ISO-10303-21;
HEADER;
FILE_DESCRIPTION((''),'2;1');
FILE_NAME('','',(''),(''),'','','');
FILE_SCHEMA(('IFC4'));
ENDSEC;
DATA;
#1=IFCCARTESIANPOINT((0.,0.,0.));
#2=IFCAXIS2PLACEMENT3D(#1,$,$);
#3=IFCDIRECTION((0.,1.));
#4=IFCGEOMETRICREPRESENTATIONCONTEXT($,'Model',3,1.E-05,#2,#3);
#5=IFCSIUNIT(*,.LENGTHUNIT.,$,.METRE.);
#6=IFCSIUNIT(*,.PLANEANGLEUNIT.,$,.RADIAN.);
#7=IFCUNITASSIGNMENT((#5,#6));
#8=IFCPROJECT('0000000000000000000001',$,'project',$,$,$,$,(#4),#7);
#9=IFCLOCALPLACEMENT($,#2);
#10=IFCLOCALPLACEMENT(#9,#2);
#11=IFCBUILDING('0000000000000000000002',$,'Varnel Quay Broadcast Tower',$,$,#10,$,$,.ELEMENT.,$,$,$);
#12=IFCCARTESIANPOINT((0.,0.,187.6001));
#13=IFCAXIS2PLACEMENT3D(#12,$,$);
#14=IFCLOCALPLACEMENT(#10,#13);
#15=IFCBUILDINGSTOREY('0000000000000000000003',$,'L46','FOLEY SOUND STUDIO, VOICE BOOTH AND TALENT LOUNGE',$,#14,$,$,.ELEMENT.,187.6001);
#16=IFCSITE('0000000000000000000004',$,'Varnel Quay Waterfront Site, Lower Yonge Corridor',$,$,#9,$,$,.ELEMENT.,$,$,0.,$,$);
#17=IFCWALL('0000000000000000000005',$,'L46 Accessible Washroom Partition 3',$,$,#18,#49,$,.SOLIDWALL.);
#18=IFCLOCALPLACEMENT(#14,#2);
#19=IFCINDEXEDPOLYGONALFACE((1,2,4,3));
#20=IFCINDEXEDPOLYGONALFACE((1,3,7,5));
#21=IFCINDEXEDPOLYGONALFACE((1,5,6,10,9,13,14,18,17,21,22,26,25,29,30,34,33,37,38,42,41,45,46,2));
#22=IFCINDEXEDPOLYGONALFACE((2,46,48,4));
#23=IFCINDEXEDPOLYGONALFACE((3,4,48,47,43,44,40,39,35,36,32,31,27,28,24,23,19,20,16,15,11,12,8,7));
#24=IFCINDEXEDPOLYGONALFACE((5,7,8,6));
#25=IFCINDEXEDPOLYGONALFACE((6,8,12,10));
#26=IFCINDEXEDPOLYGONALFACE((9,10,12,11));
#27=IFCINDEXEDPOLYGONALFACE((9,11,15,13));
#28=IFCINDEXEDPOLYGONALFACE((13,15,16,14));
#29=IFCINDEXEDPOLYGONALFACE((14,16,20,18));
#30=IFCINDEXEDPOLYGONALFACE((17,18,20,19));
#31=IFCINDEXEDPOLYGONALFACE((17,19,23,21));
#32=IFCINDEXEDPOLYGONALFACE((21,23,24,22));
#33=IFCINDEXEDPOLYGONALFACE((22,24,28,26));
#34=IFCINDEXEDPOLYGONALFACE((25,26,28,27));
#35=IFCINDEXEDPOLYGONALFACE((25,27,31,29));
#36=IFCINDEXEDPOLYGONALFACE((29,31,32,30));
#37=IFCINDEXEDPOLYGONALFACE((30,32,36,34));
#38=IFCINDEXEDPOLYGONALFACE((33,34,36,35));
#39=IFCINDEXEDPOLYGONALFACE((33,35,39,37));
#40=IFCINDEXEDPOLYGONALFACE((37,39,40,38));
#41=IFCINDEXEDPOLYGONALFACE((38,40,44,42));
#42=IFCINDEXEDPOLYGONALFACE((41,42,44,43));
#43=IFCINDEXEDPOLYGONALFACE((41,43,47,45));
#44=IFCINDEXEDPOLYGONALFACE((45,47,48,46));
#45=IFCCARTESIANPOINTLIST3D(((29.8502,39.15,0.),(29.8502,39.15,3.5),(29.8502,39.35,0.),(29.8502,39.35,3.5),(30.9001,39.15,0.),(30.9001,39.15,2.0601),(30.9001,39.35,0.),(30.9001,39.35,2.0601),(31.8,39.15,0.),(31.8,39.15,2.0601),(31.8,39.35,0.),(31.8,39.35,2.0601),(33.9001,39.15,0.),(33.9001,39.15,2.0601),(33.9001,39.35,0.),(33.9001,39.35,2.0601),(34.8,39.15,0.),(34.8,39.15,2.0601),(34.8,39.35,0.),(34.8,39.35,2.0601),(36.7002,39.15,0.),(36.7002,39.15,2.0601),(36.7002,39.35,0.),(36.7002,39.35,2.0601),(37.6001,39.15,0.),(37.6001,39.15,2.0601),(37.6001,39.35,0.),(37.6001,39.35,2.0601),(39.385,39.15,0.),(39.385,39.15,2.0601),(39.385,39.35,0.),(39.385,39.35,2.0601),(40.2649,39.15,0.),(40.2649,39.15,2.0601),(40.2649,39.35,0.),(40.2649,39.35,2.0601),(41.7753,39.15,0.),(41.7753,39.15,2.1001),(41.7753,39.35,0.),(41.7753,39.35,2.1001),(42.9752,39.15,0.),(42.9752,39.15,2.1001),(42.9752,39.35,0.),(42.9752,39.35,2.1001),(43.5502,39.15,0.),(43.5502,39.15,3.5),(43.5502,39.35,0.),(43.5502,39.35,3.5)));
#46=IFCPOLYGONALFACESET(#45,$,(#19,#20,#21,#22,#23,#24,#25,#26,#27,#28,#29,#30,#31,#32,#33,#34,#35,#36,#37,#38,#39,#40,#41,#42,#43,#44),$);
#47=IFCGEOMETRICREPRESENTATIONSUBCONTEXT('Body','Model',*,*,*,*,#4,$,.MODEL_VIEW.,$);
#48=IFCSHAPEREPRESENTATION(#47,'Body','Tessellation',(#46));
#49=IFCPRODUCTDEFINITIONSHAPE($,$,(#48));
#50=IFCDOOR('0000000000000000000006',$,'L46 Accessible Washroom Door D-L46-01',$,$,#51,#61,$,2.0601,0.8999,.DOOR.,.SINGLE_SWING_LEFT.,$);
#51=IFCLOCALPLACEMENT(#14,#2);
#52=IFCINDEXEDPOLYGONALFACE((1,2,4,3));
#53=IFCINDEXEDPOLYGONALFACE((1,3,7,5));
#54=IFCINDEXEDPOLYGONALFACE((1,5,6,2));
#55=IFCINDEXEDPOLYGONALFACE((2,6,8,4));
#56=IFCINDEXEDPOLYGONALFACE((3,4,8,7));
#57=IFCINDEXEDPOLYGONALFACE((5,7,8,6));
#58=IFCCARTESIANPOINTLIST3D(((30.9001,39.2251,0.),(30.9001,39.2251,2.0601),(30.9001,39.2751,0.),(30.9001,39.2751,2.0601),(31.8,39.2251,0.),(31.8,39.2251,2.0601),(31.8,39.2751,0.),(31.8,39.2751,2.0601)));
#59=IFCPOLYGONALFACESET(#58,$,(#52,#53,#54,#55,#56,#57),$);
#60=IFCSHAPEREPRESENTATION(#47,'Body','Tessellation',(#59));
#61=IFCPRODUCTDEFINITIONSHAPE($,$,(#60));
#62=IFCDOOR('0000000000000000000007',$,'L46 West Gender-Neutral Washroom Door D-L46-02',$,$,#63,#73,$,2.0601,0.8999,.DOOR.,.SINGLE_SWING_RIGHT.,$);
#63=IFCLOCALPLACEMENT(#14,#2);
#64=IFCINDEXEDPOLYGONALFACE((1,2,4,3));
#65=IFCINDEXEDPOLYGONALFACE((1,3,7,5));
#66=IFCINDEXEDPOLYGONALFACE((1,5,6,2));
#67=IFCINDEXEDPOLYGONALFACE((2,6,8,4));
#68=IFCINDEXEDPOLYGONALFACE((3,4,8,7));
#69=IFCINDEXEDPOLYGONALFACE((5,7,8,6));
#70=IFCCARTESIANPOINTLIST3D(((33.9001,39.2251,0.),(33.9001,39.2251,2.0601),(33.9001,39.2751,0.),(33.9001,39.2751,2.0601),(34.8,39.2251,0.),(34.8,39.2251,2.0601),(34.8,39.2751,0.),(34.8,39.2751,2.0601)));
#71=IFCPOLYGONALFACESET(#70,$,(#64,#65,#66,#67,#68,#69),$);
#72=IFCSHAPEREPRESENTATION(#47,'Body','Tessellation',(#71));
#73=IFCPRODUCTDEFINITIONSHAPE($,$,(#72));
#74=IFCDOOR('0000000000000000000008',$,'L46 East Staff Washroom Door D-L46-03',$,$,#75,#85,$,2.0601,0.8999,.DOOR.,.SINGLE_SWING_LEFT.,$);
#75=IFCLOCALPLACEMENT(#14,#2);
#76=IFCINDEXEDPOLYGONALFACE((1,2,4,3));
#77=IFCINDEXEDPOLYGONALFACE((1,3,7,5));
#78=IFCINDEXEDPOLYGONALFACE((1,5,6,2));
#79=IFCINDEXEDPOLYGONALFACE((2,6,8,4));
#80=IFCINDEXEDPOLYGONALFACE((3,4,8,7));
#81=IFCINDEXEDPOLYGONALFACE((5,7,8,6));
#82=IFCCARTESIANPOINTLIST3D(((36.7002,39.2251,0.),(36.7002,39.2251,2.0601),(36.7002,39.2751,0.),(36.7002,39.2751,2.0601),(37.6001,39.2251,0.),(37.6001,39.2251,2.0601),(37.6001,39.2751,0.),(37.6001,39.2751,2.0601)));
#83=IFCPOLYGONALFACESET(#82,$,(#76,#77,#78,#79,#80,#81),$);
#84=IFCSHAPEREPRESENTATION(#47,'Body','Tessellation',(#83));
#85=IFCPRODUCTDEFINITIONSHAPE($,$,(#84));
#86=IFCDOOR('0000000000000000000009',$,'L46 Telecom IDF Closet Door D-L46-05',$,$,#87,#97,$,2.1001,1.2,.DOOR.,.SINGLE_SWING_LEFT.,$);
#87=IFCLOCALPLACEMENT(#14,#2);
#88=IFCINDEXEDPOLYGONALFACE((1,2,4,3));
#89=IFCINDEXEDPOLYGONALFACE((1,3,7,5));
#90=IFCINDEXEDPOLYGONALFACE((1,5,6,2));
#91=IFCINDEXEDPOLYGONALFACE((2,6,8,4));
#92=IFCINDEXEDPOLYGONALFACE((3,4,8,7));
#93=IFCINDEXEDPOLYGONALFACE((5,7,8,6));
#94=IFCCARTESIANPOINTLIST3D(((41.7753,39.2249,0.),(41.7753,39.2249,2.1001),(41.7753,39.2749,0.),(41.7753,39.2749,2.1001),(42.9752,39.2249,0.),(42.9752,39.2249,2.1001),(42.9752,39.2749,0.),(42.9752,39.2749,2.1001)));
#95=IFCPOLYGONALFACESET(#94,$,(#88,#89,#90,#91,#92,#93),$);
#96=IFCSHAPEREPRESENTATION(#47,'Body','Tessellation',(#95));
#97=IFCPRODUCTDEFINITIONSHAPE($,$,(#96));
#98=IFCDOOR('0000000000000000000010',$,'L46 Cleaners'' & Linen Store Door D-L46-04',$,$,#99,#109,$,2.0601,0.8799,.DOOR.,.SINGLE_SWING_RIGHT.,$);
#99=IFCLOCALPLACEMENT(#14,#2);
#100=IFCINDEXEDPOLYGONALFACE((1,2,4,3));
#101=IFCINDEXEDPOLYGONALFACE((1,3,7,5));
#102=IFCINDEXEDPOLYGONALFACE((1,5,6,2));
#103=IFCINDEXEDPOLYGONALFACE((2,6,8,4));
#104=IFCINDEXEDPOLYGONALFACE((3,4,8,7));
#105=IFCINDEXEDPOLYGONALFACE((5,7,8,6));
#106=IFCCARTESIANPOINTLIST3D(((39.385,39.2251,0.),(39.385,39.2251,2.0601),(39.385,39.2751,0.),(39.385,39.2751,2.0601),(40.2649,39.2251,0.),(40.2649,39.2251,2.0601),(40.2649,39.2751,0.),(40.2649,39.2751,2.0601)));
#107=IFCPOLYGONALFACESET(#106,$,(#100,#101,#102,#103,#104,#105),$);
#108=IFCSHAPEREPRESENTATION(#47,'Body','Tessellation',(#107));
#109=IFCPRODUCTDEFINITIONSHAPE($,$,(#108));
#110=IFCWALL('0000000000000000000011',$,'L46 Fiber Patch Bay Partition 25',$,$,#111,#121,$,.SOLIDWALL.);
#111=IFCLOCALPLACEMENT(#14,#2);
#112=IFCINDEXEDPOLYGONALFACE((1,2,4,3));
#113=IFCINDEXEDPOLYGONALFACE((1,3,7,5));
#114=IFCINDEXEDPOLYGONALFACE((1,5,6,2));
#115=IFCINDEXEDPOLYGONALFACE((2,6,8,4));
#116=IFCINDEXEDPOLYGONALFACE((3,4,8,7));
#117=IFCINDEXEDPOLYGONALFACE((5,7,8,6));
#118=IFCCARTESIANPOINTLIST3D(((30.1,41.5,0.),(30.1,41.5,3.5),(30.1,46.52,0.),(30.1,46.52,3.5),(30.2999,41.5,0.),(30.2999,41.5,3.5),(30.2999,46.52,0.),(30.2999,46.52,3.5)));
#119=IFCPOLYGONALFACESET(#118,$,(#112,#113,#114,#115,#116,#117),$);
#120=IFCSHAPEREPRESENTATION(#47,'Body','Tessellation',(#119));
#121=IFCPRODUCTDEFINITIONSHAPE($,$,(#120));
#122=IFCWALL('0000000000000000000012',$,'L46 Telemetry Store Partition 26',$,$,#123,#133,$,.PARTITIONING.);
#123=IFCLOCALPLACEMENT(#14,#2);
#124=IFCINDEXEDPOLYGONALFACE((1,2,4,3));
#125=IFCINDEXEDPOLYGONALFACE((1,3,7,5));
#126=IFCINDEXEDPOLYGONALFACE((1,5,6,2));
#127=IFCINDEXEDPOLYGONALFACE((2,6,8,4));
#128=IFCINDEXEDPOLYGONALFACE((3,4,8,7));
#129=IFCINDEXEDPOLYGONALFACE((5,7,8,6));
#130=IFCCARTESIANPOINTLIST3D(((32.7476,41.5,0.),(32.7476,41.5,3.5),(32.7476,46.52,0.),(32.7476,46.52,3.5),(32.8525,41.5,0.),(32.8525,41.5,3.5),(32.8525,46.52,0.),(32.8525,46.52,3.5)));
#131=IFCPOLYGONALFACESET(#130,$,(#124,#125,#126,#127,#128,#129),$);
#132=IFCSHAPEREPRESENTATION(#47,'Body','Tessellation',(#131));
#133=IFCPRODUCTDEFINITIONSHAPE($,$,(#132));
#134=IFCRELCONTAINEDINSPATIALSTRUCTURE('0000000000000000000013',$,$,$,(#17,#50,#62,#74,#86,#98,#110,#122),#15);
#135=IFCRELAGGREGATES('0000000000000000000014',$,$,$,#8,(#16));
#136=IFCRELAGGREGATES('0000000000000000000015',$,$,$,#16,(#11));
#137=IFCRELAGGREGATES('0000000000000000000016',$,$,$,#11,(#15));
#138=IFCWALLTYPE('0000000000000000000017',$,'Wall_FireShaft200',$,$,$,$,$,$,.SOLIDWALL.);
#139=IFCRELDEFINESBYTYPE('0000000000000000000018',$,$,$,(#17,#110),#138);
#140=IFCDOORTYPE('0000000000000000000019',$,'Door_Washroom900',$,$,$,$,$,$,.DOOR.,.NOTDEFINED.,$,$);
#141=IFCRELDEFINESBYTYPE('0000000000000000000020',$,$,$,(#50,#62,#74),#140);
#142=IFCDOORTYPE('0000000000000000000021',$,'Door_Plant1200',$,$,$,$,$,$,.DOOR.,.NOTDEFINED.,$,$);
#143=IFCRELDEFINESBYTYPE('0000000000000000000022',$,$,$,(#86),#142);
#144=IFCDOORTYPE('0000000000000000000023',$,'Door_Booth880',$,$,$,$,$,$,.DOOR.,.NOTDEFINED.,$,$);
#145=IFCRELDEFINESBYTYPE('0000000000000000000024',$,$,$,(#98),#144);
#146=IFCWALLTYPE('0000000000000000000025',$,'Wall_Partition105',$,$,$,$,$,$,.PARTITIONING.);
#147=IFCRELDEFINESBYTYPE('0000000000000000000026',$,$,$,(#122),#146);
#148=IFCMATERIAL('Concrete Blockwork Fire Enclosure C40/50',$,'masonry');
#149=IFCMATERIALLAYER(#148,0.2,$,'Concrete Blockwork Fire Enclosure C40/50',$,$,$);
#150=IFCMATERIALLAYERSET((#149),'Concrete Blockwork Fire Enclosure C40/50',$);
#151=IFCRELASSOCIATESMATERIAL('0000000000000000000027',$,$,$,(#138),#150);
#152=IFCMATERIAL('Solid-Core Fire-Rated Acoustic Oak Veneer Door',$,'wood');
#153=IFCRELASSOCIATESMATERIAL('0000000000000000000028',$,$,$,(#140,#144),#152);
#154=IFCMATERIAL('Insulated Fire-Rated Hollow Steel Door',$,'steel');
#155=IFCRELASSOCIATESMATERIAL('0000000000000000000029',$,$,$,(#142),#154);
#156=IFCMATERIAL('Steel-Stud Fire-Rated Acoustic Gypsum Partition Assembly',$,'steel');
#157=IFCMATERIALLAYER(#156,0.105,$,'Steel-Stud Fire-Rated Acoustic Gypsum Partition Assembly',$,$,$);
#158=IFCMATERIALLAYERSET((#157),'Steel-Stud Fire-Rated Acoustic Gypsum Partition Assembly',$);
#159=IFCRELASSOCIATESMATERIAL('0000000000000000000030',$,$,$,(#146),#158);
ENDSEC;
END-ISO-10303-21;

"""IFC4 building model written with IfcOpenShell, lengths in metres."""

from ifc_helpers import new_model, si_unit, direction, frame, frame_2d, origin, place, context, subcontext, project, spatial, rectangle, extrude, source, transform, mapped, material, layer, layer_set, type_object, type_shapes, element, fill, save


model = new_model("IFC4")

# Units and contexts
model_context = context("Model", 3, precision=1e-05, world=origin(), true_north=direction((0.0, 1.0)))
body_context = subcontext(model_context, "Body", "Model", "MODEL_VIEW")
ifc_project = project(units=[si_unit("LENGTHUNIT", "METRE"), si_unit("PLANEANGLEUNIT", "RADIAN")], contexts=[model_context])

# Site, building, storey
site_placement = place(None, origin())
site = spatial("IfcSite", under=ifc_project, at=site_placement, Name="Varnel Quay Waterfront Site, Lower Yonge Corridor", CompositionType="ELEMENT", RefElevation=0.0)
building_placement = place(site_placement, origin())
building = spatial("IfcBuilding", under=site, at=building_placement, Name="Varnel Quay Broadcast Tower", CompositionType="ELEMENT")
storey_placement = place(building_placement, frame((0.0, 0.0, 187.6001)))
storey = spatial("IfcBuildingStorey", under=building, at=storey_placement, Name="L46", Description="FOLEY SOUND STUDIO, VOICE BOOTH AND TALENT LOUNGE", CompositionType="ELEMENT", Elevation=187.6001)

# Shared definitions
ifc_material_1 = material(Name="Concrete Blockwork Fire Enclosure C40/50", Category="masonry")
ifc_layer_1 = layer(ifc_material_1, 0.2, Name="Concrete Blockwork Fire Enclosure C40/50")
ifc_layer_set_1 = layer_set([ifc_layer_1], Name="Concrete Blockwork Fire Enclosure C40/50")
wall_type_1 = type_object("IfcWallType", Name="Wall_FireShaft200", PredefinedType="SOLIDWALL", material=ifc_layer_set_1)

# Wall, openings, doors
wall_1_placement = place(storey_placement, frame((29.8501, 39.25, 0.0), z_axis=(0.0, 0.0, 1.0), x_axis=(1.0, 0.0, 0.0)))
wall_1 = element("IfcWall", 1, at=wall_1_placement, inside=storey, type_object=wall_type_1, Name="L46 Accessible Washroom Partition 3", PredefinedType="SOLIDWALL", context=body_context, shape_type="SweptSolid", body=[
    extrude(rectangle(XDim=13.7, YDim=0.2, at=frame_2d((6.8501, 0.0))), origin(), (0.0, 0.0, 1.0), 3.5),
])
opening_1_placement = place(wall_1_placement, frame((1.05, 0.0, 0.0)))
opening_1 = element("IfcOpeningElement", 2, at=opening_1_placement, cuts=wall_1, PredefinedType="OPENING", context=body_context, shape_type="SweptSolid", body=[
    extrude(rectangle(XDim=0.8999, YDim=2.0601, at=frame_2d((0.45, 1.03))), frame((0.0, 0.1099, 0.0), z_axis=(0.0, -1.0, 0.0), x_axis=(1.0, 0.0, 0.0)), (0.0, 0.0, 1.0), 0.22),
])
opening_2_placement = place(wall_1_placement, frame((4.05, 0.0, 0.0)))
opening_2 = element("IfcOpeningElement", 3, at=opening_2_placement, cuts=wall_1, PredefinedType="OPENING", context=body_context, shape_type="SweptSolid", body=[
    extrude(rectangle(XDim=0.8999, YDim=2.0601, at=frame_2d((0.45, 1.03))), frame((0.0, 0.1099, 0.0), z_axis=(0.0, -1.0, 0.0), x_axis=(1.0, 0.0, 0.0)), (0.0, 0.0, 1.0), 0.22),
])
opening_3_placement = place(wall_1_placement, frame((6.8501, 0.0, 0.0)))
opening_3 = element("IfcOpeningElement", 4, at=opening_3_placement, cuts=wall_1, PredefinedType="OPENING", context=body_context, shape_type="SweptSolid", body=[
    extrude(rectangle(XDim=0.8999, YDim=2.0601, at=frame_2d((0.45, 1.03))), frame((0.0, 0.1099, 0.0), z_axis=(0.0, -1.0, 0.0), x_axis=(1.0, 0.0, 0.0)), (0.0, 0.0, 1.0), 0.22),
])
opening_4_placement = place(wall_1_placement, frame((9.5349, 0.0, 0.0)))
opening_4 = element("IfcOpeningElement", 5, at=opening_4_placement, cuts=wall_1, PredefinedType="OPENING", context=body_context, shape_type="SweptSolid", body=[
    extrude(rectangle(XDim=0.8799, YDim=2.0601, at=frame_2d((0.4399, 1.03))), frame((0.0, 0.1099, 0.0), z_axis=(0.0, -1.0, 0.0), x_axis=(1.0, 0.0, 0.0)), (0.0, 0.0, 1.0), 0.22),
])
opening_5_placement = place(wall_1_placement, frame((11.925, 0.0, 0.0)))
opening_5 = element("IfcOpeningElement", 6, at=opening_5_placement, cuts=wall_1, PredefinedType="OPENING", context=body_context, shape_type="SweptSolid", body=[
    extrude(rectangle(XDim=1.2, YDim=2.1001, at=frame_2d((0.6001, 1.05))), frame((0.0, 0.1099, 0.0), z_axis=(0.0, -1.0, 0.0), x_axis=(1.0, 0.0, 0.0)), (0.0, 0.0, 1.0), 0.22),
])
ifc_material_2 = material(Name="Solid-Core Fire-Rated Acoustic Oak Veneer Door", Category="wood")
door_type_1 = type_object("IfcDoorType", Name="Door_Washroom900", OperationType="NOTDEFINED", PredefinedType="DOOR", material=ifc_material_2)
shared_shape_1 = source(origin(), body_context, "Body", "SweptSolid", [
    extrude(rectangle(XDim=0.8999, YDim=2.0601, at=frame_2d((0.45, 1.03))), frame((0.0, 0.0249, 0.0), z_axis=(0.0, -1.0, 0.0), x_axis=(1.0, 0.0, 0.0)), (0.0, 0.0, 1.0), 0.05),
])
type_shapes(door_type_1, [shared_shape_1])
door_1_placement = place(opening_1_placement, frame((0.8999, 0.0, 0.0), z_axis=(0.0, 0.0, 1.0), x_axis=(-1.0, 0.0, 0.0)))
door_1 = element("IfcDoor", 7, at=door_1_placement, inside=storey, type_object=door_type_1, Name="L46 Accessible Washroom Door D-L46-01", OperationType="SINGLE_SWING_LEFT", OverallHeight=2.0601, OverallWidth=0.8999, PredefinedType="DOOR", context=body_context, shape_type="MappedRepresentation", body=[
    mapped(shared_shape_1, transform((0.0, 0.0, 0.0), x_axis=(1.0, 0.0, 0.0), y_axis=(0.0, 1.0, 0.0), z_axis=(0.0, 0.0, 1.0), scale=1.0)),
])
fill(opening_1, door_1)
door_2_placement = place(opening_2_placement, frame((0.8999, 0.0, 0.0), z_axis=(0.0, 0.0, 1.0), x_axis=(-1.0, 0.0, 0.0)))
door_2 = element("IfcDoor", 8, at=door_2_placement, inside=storey, type_object=door_type_1, Name="L46 West Gender-Neutral Washroom Door D-L46-02", OperationType="SINGLE_SWING_RIGHT", OverallHeight=2.0601, OverallWidth=0.8999, PredefinedType="DOOR", context=body_context, shape_type="MappedRepresentation", body=[
    mapped(shared_shape_1, transform((0.0, 0.0, 0.0), x_axis=(1.0, 0.0, 0.0), y_axis=(0.0, 1.0, 0.0), z_axis=(0.0, 0.0, 1.0), scale=1.0)),
])
fill(opening_2, door_2)
door_3_placement = place(opening_3_placement, frame((0.8999, 0.0, 0.0), z_axis=(0.0, 0.0, 1.0), x_axis=(-1.0, 0.0, 0.0)))
door_3 = element("IfcDoor", 9, at=door_3_placement, inside=storey, type_object=door_type_1, Name="L46 East Staff Washroom Door D-L46-03", OperationType="SINGLE_SWING_LEFT", OverallHeight=2.0601, OverallWidth=0.8999, PredefinedType="DOOR", context=body_context, shape_type="MappedRepresentation", body=[
    mapped(shared_shape_1, transform((0.0, 0.0, 0.0), x_axis=(1.0, 0.0, 0.0), y_axis=(0.0, 1.0, 0.0), z_axis=(0.0, 0.0, 1.0), scale=1.0)),
])
fill(opening_3, door_3)
ifc_material_3 = material(Name="Insulated Fire-Rated Hollow Steel Door", Category="steel")
door_type_2 = type_object("IfcDoorType", Name="Door_Plant1200", OperationType="NOTDEFINED", PredefinedType="DOOR", material=ifc_material_3)
shared_shape_2 = source(origin(), body_context, "Body", "SweptSolid", [
    extrude(rectangle(XDim=1.2, YDim=2.1001, at=frame_2d((0.6001, 1.05))), frame((0.0, 0.0249, 0.0), z_axis=(0.0, -1.0, 0.0), x_axis=(1.0, 0.0, 0.0)), (0.0, 0.0, 1.0), 0.05),
])
type_shapes(door_type_2, [shared_shape_2])
door_4_placement = place(opening_5_placement, origin())
door_4 = element("IfcDoor", 10, at=door_4_placement, inside=storey, type_object=door_type_2, Name="L46 Telecom IDF Closet Door D-L46-05", OperationType="SINGLE_SWING_LEFT", OverallHeight=2.1001, OverallWidth=1.2, PredefinedType="DOOR", context=body_context, shape_type="MappedRepresentation", body=[
    mapped(shared_shape_2, transform((0.0, 0.0, 0.0), x_axis=(1.0, 0.0, 0.0), y_axis=(0.0, 1.0, 0.0), z_axis=(0.0, 0.0, 1.0), scale=1.0)),
])
fill(opening_5, door_4)
door_type_3 = type_object("IfcDoorType", Name="Door_Booth880", OperationType="NOTDEFINED", PredefinedType="DOOR", material=ifc_material_2)
shared_shape_3 = source(origin(), body_context, "Body", "SweptSolid", [
    extrude(rectangle(XDim=0.8799, YDim=2.0601, at=frame_2d((0.4399, 1.03))), frame((0.0, 0.0249, 0.0), z_axis=(0.0, -1.0, 0.0), x_axis=(1.0, 0.0, 0.0)), (0.0, 0.0, 1.0), 0.05),
])
type_shapes(door_type_3, [shared_shape_3])
door_5_placement = place(opening_4_placement, frame((0.8799, 0.0, 0.0), z_axis=(0.0, 0.0, 1.0), x_axis=(-1.0, 0.0, 0.0)))
door_5 = element("IfcDoor", 11, at=door_5_placement, inside=storey, type_object=door_type_3, Name="L46 Cleaners' & Linen Store Door D-L46-04", OperationType="SINGLE_SWING_RIGHT", OverallHeight=2.0601, OverallWidth=0.8799, PredefinedType="DOOR", context=body_context, shape_type="MappedRepresentation", body=[
    mapped(shared_shape_3, transform((0.0, 0.0, 0.0), x_axis=(1.0, 0.0, 0.0), y_axis=(0.0, 1.0, 0.0), z_axis=(0.0, 0.0, 1.0), scale=1.0)),
])
fill(opening_4, door_5)

# Walls
wall_2_placement = place(storey_placement, frame((30.2, 41.5, 0.0), z_axis=(0.0, 0.0, 1.0), x_axis=(0.0, 1.0, 0.0)))
element("IfcWall", 12, at=wall_2_placement, inside=storey, type_object=wall_type_1, Name="L46 Fiber Patch Bay Partition 25", PredefinedType="SOLIDWALL", context=body_context, shape_type="SweptSolid", body=[
    extrude(rectangle(XDim=5.02, YDim=0.2, at=frame_2d((2.51, 0.0))), origin(), (0.0, 0.0, 1.0), 3.5),
])
ifc_material_4 = material(Name="Steel-Stud Fire-Rated Acoustic Gypsum Partition Assembly", Category="steel")
ifc_layer_2 = layer(ifc_material_4, 0.105, Name="Steel-Stud Fire-Rated Acoustic Gypsum Partition Assembly")
ifc_layer_set_2 = layer_set([ifc_layer_2], Name="Steel-Stud Fire-Rated Acoustic Gypsum Partition Assembly")
wall_type_2 = type_object("IfcWallType", Name="Wall_Partition105", PredefinedType="PARTITIONING", material=ifc_layer_set_2)
wall_3_placement = place(storey_placement, frame((32.8, 41.5, 0.0), z_axis=(0.0, 0.0, 1.0), x_axis=(0.0, 1.0, 0.0)))
element("IfcWall", 13, at=wall_3_placement, inside=storey, type_object=wall_type_2, Name="L46 Telemetry Store Partition 26", PredefinedType="PARTITIONING", context=body_context, shape_type="SweptSolid", body=[
    extrude(rectangle(XDim=5.02, YDim=0.105, at=frame_2d((2.51, 0.0))), origin(), (0.0, 0.0, 1.0), 3.5),
])

save(model, "model.ifc")
